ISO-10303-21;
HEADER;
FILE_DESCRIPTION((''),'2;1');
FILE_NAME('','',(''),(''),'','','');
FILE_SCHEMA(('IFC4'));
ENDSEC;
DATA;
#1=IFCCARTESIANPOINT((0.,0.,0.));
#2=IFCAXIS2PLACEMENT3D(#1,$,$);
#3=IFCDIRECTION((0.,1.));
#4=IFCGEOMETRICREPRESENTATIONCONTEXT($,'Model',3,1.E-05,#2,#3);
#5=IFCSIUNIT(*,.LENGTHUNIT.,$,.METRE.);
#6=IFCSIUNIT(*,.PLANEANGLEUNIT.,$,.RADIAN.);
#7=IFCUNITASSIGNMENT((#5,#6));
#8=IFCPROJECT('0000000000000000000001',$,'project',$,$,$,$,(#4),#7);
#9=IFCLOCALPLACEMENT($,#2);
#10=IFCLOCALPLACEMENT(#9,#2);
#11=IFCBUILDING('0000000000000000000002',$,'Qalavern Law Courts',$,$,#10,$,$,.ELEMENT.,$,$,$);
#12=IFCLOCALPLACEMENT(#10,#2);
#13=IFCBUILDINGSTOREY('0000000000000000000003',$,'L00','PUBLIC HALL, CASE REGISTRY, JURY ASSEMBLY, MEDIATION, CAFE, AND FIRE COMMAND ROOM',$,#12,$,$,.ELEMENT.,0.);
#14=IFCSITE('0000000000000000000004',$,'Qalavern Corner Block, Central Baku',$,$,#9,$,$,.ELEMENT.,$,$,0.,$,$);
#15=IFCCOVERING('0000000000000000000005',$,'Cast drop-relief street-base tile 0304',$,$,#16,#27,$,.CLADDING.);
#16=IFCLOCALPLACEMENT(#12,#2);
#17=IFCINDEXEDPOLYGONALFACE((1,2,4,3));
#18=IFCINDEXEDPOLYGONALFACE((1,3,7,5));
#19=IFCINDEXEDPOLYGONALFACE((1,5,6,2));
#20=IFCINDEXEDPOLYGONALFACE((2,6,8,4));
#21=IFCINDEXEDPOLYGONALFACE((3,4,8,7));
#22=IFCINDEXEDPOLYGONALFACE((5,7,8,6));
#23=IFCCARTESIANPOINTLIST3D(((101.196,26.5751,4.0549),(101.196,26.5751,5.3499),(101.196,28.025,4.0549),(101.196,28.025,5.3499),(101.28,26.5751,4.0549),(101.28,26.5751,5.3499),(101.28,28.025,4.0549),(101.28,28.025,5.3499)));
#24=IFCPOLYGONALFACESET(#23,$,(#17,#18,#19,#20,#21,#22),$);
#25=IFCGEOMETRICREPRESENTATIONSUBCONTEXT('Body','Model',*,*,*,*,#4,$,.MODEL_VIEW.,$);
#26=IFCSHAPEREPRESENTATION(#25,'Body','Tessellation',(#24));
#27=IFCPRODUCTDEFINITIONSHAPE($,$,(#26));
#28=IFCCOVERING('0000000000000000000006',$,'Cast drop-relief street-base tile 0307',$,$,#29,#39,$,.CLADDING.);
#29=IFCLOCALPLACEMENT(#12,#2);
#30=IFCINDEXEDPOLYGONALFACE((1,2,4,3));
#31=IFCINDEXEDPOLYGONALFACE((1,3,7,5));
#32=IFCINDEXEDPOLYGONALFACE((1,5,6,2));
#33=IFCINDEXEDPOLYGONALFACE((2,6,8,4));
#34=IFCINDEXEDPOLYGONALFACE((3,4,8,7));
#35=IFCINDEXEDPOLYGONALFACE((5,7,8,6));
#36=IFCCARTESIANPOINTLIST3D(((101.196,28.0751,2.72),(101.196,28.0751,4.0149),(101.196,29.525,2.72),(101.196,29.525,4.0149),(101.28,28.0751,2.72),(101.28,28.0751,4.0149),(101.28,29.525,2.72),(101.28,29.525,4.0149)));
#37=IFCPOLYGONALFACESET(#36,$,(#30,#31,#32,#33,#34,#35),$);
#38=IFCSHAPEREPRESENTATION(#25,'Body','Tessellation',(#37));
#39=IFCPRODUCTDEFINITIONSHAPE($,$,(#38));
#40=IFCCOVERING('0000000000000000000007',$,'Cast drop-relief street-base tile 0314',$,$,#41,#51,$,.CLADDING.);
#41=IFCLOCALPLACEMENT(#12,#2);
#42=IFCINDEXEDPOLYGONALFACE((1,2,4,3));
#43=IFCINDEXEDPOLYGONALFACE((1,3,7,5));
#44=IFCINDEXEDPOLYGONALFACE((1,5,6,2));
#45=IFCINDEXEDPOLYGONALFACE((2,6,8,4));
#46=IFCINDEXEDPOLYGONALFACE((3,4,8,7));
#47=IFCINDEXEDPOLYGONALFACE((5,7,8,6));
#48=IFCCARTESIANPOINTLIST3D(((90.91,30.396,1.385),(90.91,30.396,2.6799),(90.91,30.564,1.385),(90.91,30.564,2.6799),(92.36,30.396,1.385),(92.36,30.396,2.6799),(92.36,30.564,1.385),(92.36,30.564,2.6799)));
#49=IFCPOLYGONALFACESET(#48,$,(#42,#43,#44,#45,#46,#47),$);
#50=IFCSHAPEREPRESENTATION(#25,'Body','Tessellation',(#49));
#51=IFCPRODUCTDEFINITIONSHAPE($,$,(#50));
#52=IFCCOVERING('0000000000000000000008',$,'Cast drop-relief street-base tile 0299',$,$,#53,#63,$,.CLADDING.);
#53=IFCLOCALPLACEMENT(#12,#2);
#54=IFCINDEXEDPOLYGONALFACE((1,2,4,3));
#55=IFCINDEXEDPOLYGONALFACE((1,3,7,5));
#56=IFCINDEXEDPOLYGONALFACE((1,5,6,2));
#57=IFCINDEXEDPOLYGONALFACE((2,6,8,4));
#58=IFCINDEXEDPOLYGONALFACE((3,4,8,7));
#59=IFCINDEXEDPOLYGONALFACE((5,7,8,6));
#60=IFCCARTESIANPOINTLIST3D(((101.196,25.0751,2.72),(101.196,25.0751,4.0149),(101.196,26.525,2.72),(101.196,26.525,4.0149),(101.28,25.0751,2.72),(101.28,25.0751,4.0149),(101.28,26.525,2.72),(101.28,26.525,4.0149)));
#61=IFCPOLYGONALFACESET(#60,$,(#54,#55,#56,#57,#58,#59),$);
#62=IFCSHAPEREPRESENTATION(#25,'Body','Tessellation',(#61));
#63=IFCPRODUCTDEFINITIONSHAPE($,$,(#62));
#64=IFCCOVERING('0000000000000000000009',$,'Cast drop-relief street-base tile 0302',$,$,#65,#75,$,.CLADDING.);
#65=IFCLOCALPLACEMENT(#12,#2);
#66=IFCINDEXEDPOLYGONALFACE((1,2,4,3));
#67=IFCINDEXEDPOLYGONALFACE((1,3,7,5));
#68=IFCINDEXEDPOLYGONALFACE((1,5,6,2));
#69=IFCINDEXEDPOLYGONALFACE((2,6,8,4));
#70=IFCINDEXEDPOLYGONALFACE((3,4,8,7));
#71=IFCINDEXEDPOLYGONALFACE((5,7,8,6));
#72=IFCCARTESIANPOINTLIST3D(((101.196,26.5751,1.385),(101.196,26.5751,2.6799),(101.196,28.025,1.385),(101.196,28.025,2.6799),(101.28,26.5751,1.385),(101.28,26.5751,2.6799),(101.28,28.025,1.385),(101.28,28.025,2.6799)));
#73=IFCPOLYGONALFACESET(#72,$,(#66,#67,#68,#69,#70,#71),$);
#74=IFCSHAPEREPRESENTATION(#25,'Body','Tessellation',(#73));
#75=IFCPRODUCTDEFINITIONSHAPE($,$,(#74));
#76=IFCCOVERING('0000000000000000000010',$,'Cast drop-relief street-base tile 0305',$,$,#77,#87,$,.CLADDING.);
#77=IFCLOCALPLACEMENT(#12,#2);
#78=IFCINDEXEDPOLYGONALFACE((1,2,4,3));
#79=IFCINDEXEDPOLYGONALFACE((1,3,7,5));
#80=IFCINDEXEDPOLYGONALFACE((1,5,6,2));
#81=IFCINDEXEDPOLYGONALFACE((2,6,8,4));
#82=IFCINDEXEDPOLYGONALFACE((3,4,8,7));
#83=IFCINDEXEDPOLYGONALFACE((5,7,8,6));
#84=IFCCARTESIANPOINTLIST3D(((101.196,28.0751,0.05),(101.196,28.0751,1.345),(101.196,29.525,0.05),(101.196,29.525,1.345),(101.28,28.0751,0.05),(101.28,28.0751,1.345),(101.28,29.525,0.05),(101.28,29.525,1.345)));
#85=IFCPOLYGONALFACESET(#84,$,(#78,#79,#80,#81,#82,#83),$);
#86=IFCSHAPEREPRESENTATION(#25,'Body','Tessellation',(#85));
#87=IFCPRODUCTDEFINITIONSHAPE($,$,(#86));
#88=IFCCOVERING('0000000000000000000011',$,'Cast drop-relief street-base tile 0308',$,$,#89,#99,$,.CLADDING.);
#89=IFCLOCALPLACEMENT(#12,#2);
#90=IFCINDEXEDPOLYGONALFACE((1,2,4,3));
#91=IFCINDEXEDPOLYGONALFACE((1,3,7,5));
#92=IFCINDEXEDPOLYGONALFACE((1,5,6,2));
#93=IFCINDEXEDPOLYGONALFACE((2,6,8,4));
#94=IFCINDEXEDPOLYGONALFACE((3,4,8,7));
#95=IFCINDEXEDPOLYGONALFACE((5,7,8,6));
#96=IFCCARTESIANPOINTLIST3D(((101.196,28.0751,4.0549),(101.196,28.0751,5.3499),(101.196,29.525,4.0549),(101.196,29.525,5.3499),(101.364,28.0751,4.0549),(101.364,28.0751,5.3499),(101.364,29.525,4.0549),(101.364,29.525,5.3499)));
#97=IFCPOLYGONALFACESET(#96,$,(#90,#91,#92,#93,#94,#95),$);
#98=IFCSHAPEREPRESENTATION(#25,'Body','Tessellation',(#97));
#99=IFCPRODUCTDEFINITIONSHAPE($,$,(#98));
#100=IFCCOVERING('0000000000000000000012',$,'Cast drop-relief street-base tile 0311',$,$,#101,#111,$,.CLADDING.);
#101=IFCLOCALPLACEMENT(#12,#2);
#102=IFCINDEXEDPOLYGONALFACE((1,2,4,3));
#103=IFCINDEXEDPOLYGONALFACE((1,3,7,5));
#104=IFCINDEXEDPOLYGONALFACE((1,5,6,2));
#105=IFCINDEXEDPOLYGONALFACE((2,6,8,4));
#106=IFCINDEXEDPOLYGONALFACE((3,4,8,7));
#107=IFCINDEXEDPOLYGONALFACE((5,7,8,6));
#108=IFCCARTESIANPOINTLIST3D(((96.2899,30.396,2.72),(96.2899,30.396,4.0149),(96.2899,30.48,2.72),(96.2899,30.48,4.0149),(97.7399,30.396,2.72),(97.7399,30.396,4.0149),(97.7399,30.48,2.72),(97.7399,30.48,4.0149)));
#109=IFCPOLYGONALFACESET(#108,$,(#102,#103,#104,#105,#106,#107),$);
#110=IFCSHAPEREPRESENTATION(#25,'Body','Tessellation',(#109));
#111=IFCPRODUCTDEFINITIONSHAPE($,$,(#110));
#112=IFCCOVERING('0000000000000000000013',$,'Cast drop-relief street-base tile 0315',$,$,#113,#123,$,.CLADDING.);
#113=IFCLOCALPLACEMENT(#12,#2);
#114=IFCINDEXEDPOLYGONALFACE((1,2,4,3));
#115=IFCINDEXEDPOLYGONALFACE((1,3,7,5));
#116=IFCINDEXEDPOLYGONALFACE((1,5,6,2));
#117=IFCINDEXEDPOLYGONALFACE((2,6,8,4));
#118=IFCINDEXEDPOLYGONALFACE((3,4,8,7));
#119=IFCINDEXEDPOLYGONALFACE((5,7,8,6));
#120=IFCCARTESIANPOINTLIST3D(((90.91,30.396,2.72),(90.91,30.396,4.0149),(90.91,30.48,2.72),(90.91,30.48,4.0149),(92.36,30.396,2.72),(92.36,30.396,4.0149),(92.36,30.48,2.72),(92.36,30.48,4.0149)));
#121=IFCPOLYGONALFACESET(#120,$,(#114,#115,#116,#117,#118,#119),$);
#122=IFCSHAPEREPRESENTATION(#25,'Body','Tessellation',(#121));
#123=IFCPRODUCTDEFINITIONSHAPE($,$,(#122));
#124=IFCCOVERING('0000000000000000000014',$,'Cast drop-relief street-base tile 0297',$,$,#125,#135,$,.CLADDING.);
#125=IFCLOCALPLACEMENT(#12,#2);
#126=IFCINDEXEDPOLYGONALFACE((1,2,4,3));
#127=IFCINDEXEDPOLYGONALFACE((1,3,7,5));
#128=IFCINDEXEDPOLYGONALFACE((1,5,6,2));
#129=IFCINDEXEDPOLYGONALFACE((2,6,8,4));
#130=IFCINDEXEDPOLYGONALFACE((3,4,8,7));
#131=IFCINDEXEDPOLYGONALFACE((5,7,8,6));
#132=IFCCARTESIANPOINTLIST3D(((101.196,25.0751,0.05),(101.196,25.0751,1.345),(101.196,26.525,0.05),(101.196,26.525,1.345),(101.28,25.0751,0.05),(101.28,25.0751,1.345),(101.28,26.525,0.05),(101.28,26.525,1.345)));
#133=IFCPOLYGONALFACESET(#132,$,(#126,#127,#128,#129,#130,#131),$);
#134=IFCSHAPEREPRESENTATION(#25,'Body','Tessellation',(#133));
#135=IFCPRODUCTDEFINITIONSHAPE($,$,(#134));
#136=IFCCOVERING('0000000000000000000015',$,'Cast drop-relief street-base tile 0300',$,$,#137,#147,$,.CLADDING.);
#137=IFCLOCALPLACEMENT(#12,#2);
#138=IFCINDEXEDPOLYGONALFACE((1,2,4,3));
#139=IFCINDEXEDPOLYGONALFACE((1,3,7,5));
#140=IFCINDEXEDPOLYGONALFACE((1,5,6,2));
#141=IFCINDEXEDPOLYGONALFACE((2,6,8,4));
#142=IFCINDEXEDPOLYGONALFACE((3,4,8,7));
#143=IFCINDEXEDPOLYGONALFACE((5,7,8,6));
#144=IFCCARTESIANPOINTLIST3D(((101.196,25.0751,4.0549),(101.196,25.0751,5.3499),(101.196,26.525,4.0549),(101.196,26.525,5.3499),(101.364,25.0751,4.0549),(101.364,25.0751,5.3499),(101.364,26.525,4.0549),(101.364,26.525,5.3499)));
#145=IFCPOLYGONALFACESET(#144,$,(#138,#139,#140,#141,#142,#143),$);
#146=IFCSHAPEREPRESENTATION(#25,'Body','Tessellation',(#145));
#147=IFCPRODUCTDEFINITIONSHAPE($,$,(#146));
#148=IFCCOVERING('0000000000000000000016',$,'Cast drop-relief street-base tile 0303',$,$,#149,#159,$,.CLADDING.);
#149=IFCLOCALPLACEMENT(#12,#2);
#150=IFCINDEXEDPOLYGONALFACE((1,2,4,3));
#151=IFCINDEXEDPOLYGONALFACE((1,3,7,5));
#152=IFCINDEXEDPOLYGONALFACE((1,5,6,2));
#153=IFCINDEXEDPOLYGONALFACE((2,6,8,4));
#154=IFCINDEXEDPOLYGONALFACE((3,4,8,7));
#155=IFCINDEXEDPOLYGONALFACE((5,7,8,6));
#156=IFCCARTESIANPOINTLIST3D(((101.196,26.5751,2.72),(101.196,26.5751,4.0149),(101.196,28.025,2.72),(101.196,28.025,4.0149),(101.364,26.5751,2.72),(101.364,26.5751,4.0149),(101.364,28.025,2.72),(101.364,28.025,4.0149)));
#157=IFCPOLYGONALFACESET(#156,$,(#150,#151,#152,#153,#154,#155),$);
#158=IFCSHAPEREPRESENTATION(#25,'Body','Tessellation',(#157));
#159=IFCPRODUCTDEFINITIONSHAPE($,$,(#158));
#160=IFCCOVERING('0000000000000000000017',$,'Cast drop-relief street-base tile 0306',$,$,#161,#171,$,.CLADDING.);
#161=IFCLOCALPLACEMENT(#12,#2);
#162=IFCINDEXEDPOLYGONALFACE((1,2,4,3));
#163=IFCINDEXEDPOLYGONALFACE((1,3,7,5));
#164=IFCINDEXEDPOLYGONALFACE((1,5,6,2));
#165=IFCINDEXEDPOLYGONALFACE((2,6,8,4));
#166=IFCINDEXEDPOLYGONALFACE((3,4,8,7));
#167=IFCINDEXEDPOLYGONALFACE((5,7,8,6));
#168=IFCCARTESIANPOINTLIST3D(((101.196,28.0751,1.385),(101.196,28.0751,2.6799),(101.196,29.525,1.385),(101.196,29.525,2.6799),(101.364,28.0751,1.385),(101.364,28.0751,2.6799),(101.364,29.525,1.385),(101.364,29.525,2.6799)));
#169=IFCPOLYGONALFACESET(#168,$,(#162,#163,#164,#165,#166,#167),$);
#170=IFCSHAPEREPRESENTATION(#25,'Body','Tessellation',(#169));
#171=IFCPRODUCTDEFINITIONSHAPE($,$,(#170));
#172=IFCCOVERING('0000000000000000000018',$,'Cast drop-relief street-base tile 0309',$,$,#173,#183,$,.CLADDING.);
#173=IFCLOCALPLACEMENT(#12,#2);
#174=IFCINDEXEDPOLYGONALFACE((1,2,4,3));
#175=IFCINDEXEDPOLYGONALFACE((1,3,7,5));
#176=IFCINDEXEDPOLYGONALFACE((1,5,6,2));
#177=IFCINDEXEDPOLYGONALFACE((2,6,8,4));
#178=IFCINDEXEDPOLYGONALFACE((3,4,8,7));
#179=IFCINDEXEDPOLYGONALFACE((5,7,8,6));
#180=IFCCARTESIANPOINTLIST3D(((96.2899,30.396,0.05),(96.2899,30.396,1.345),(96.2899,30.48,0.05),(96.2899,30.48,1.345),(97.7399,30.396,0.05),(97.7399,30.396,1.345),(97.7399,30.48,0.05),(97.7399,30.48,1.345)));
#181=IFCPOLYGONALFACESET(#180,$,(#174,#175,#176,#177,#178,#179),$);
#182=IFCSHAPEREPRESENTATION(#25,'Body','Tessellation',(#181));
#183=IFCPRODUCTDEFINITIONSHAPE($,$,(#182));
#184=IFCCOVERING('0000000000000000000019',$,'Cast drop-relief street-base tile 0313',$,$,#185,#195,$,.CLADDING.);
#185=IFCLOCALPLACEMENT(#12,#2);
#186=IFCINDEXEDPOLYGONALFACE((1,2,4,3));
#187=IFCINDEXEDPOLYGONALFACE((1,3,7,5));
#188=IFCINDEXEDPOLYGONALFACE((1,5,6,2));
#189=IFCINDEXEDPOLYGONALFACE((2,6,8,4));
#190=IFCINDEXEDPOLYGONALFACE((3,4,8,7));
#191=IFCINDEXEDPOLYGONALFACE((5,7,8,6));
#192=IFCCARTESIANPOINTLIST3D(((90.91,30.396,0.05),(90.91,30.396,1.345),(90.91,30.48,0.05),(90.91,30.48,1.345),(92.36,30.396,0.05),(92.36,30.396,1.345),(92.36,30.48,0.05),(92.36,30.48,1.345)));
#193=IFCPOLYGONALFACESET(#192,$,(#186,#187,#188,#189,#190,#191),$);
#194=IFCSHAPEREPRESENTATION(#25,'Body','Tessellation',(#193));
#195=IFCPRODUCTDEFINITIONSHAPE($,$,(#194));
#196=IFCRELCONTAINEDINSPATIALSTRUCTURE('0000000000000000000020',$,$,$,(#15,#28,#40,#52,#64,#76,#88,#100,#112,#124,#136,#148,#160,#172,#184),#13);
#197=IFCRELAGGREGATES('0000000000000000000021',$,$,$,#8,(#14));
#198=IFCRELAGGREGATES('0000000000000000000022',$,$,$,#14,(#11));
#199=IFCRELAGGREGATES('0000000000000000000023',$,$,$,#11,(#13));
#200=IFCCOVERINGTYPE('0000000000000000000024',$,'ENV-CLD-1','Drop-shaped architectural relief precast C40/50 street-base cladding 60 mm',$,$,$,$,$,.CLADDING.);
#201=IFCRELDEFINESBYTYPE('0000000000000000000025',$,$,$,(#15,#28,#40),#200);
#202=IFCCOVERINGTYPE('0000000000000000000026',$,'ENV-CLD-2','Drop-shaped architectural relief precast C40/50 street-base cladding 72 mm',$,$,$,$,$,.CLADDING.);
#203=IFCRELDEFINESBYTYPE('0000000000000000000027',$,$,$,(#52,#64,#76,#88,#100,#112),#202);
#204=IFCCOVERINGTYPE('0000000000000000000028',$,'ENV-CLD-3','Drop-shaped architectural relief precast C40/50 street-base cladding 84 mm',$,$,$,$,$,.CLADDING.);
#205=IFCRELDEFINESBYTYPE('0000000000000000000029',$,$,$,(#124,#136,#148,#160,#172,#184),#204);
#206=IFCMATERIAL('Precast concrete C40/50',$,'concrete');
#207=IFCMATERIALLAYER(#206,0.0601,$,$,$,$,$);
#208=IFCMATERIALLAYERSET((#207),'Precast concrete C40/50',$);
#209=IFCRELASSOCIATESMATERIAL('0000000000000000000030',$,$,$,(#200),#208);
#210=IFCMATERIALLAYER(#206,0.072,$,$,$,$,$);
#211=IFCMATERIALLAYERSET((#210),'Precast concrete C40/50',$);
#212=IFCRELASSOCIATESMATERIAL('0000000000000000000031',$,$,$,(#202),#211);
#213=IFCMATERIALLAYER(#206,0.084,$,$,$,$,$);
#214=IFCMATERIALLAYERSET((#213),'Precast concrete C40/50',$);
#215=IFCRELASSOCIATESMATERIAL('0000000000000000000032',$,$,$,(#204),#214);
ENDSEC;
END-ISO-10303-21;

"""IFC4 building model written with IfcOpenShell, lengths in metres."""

from ifc_helpers import new_model, si_unit, direction, frame, origin, origin_2d, place, context, subcontext, project, spatial, rectangle, extrude, material, layer, layer_set, type_object, element, save


model = new_model("IFC4")

# Units and contexts
model_context = context("Model", 3, precision=1e-05, world=origin(), true_north=direction((0.0, 1.0)))
body_context = subcontext(model_context, "Body", "Model", "MODEL_VIEW")
ifc_project = project(units=[si_unit("LENGTHUNIT", "METRE"), si_unit("PLANEANGLEUNIT", "RADIAN")], contexts=[model_context])

# Site, building, storey
site_placement = place(None, origin())
site = spatial("IfcSite", under=ifc_project, at=site_placement, Name="Qalavern Corner Block, Central Baku", CompositionType="ELEMENT", RefElevation=0.0)
building_placement = place(site_placement, origin())
building = spatial("IfcBuilding", under=site, at=building_placement, Name="Qalavern Law Courts", CompositionType="ELEMENT")
storey_placement = place(building_placement, origin())
storey = spatial("IfcBuildingStorey", under=building, at=storey_placement, Name="L00", Description="PUBLIC HALL, CASE REGISTRY, JURY ASSEMBLY, MEDIATION, CAFE, AND FIRE COMMAND ROOM", CompositionType="ELEMENT", Elevation=0.0)

# Coverings
ifc_material_1 = material(Name="Precast concrete C40/50", Category="concrete")
ifc_layer_1 = layer(ifc_material_1, 0.0601)
ifc_layer_set_1 = layer_set([ifc_layer_1], Name="Precast concrete C40/50")
covering_type_1 = type_object("IfcCoveringType", Name="ENV-CLD-1", Description="Drop-shaped architectural relief precast C40/50 street-base cladding 60 mm", PredefinedType="CLADDING", material=ifc_layer_set_1)
for number, where, z_axis, x_axis, name in (
    (1, (101.238, 27.3, 4.0549), (0.0, 0.0, 1.0), (0.0, 1.0, 0.0), "Cast drop-relief street-base tile 0304"),
    (2, (101.238, 28.8, 2.72), (0.0, 0.0, 1.0), (0.0, 1.0, 0.0), "Cast drop-relief street-base tile 0307"),
):
    element("IfcCovering", number, at=place(storey_placement, frame(where, z_axis=z_axis, x_axis=x_axis)), inside=storey, type_object=covering_type_1, Name=name, PredefinedType="CLADDING", context=body_context, shape_type="SweptSolid", body=[
        extrude(rectangle(XDim=1.45, YDim=0.084, at=origin_2d()), origin(), (0.0, 0.0, 1.0), 1.2949),
    ])
covering_1_placement = place(storey_placement, frame((91.635, 30.48, 1.385), z_axis=(0.0, 0.0, 1.0), x_axis=(-1.0, 0.0, 0.0)))
element("IfcCovering", 3, at=covering_1_placement, inside=storey, type_object=covering_type_1, Name="Cast drop-relief street-base tile 0314", PredefinedType="CLADDING", context=body_context, shape_type="SweptSolid", body=[
    extrude(rectangle(XDim=1.45, YDim=0.168, at=origin_2d()), origin(), (0.0, 0.0, 1.0), 1.2949),
])
ifc_layer_2 = layer(ifc_material_1, 0.072)
ifc_layer_set_2 = layer_set([ifc_layer_2], Name="Precast concrete C40/50")
covering_type_2 = type_object("IfcCoveringType", Name="ENV-CLD-2", Description="Drop-shaped architectural relief precast C40/50 street-base cladding 72 mm", PredefinedType="CLADDING", material=ifc_layer_set_2)
for number, where, z_axis, x_axis, name in (
    (4, (101.238, 25.8, 2.72), (0.0, 0.0, 1.0), (0.0, 1.0, 0.0), "Cast drop-relief street-base tile 0299"),
    (5, (101.238, 27.3, 1.385), (0.0, 0.0, 1.0), (0.0, 1.0, 0.0), "Cast drop-relief street-base tile 0302"),
    (6, (101.238, 28.8, 0.05), (0.0, 0.0, 1.0), (0.0, 1.0, 0.0), "Cast drop-relief street-base tile 0305"),
):
    element("IfcCovering", number, at=place(storey_placement, frame(where, z_axis=z_axis, x_axis=x_axis)), inside=storey, type_object=covering_type_2, Name=name, PredefinedType="CLADDING", context=body_context, shape_type="SweptSolid", body=[
        extrude(rectangle(XDim=1.45, YDim=0.084, at=origin_2d()), origin(), (0.0, 0.0, 1.0), 1.2949),
    ])
covering_2_placement = place(storey_placement, frame((101.28, 28.8, 4.0549), z_axis=(0.0, 0.0, 1.0), x_axis=(0.0, 1.0, 0.0)))
element("IfcCovering", 7, at=covering_2_placement, inside=storey, type_object=covering_type_2, Name="Cast drop-relief street-base tile 0308", PredefinedType="CLADDING", context=body_context, shape_type="SweptSolid", body=[
    extrude(rectangle(XDim=1.45, YDim=0.168, at=origin_2d()), origin(), (0.0, 0.0, 1.0), 1.2949),
])
for number, where, z_axis, x_axis, name in (
    (8, (97.0149, 30.438, 2.72), (0.0, 0.0, 1.0), (-1.0, 0.0, 0.0), "Cast drop-relief street-base tile 0311"),
    (9, (91.635, 30.438, 2.72), (0.0, 0.0, 1.0), (-1.0, 0.0, 0.0), "Cast drop-relief street-base tile 0315"),
):
    element("IfcCovering", number, at=place(storey_placement, frame(where, z_axis=z_axis, x_axis=x_axis)), inside=storey, type_object=covering_type_2, Name=name, PredefinedType="CLADDING", context=body_context, shape_type="SweptSolid", body=[
        extrude(rectangle(XDim=1.45, YDim=0.084, at=origin_2d()), origin(), (0.0, 0.0, 1.0), 1.2949),
    ])
ifc_layer_3 = layer(ifc_material_1, 0.084)
ifc_layer_set_3 = layer_set([ifc_layer_3], Name="Precast concrete C40/50")
covering_type_3 = type_object("IfcCoveringType", Name="ENV-CLD-3", Description="Drop-shaped architectural relief precast C40/50 street-base cladding 84 mm", PredefinedType="CLADDING", material=ifc_layer_set_3)
covering_3_placement = place(storey_placement, frame((101.238, 25.8, 0.05), z_axis=(0.0, 0.0, 1.0), x_axis=(0.0, 1.0, 0.0)))
element("IfcCovering", 10, at=covering_3_placement, inside=storey, type_object=covering_type_3, Name="Cast drop-relief street-base tile 0297", PredefinedType="CLADDING", context=body_context, shape_type="SweptSolid", body=[
    extrude(rectangle(XDim=1.45, YDim=0.084, at=origin_2d()), origin(), (0.0, 0.0, 1.0), 1.2949),
])
for number, where, z_axis, x_axis, name in (
    (11, (101.28, 25.8, 4.0549), (0.0, 0.0, 1.0), (0.0, 1.0, 0.0), "Cast drop-relief street-base tile 0300"),
    (12, (101.28, 27.3, 2.72), (0.0, 0.0, 1.0), (0.0, 1.0, 0.0), "Cast drop-relief street-base tile 0303"),
    (13, (101.28, 28.8, 1.385), (0.0, 0.0, 1.0), (0.0, 1.0, 0.0), "Cast drop-relief street-base tile 0306"),
):
    element("IfcCovering", number, at=place(storey_placement, frame(where, z_axis=z_axis, x_axis=x_axis)), inside=storey, type_object=covering_type_3, Name=name, PredefinedType="CLADDING", context=body_context, shape_type="SweptSolid", body=[
        extrude(rectangle(XDim=1.45, YDim=0.168, at=origin_2d()), origin(), (0.0, 0.0, 1.0), 1.2949),
    ])
for number, where, z_axis, x_axis, name in (
    (14, (97.0149, 30.438, 0.05), (0.0, 0.0, 1.0), (-1.0, 0.0, 0.0), "Cast drop-relief street-base tile 0309"),
    (15, (91.635, 30.438, 0.05), (0.0, 0.0, 1.0), (-1.0, 0.0, 0.0), "Cast drop-relief street-base tile 0313"),
):
    element("IfcCovering", number, at=place(storey_placement, frame(where, z_axis=z_axis, x_axis=x_axis)), inside=storey, type_object=covering_type_3, Name=name, PredefinedType="CLADDING", context=body_context, shape_type="SweptSolid", body=[
        extrude(rectangle(XDim=1.45, YDim=0.084, at=origin_2d()), origin(), (0.0, 0.0, 1.0), 1.2949),
    ])

save(model, "model.ifc")
